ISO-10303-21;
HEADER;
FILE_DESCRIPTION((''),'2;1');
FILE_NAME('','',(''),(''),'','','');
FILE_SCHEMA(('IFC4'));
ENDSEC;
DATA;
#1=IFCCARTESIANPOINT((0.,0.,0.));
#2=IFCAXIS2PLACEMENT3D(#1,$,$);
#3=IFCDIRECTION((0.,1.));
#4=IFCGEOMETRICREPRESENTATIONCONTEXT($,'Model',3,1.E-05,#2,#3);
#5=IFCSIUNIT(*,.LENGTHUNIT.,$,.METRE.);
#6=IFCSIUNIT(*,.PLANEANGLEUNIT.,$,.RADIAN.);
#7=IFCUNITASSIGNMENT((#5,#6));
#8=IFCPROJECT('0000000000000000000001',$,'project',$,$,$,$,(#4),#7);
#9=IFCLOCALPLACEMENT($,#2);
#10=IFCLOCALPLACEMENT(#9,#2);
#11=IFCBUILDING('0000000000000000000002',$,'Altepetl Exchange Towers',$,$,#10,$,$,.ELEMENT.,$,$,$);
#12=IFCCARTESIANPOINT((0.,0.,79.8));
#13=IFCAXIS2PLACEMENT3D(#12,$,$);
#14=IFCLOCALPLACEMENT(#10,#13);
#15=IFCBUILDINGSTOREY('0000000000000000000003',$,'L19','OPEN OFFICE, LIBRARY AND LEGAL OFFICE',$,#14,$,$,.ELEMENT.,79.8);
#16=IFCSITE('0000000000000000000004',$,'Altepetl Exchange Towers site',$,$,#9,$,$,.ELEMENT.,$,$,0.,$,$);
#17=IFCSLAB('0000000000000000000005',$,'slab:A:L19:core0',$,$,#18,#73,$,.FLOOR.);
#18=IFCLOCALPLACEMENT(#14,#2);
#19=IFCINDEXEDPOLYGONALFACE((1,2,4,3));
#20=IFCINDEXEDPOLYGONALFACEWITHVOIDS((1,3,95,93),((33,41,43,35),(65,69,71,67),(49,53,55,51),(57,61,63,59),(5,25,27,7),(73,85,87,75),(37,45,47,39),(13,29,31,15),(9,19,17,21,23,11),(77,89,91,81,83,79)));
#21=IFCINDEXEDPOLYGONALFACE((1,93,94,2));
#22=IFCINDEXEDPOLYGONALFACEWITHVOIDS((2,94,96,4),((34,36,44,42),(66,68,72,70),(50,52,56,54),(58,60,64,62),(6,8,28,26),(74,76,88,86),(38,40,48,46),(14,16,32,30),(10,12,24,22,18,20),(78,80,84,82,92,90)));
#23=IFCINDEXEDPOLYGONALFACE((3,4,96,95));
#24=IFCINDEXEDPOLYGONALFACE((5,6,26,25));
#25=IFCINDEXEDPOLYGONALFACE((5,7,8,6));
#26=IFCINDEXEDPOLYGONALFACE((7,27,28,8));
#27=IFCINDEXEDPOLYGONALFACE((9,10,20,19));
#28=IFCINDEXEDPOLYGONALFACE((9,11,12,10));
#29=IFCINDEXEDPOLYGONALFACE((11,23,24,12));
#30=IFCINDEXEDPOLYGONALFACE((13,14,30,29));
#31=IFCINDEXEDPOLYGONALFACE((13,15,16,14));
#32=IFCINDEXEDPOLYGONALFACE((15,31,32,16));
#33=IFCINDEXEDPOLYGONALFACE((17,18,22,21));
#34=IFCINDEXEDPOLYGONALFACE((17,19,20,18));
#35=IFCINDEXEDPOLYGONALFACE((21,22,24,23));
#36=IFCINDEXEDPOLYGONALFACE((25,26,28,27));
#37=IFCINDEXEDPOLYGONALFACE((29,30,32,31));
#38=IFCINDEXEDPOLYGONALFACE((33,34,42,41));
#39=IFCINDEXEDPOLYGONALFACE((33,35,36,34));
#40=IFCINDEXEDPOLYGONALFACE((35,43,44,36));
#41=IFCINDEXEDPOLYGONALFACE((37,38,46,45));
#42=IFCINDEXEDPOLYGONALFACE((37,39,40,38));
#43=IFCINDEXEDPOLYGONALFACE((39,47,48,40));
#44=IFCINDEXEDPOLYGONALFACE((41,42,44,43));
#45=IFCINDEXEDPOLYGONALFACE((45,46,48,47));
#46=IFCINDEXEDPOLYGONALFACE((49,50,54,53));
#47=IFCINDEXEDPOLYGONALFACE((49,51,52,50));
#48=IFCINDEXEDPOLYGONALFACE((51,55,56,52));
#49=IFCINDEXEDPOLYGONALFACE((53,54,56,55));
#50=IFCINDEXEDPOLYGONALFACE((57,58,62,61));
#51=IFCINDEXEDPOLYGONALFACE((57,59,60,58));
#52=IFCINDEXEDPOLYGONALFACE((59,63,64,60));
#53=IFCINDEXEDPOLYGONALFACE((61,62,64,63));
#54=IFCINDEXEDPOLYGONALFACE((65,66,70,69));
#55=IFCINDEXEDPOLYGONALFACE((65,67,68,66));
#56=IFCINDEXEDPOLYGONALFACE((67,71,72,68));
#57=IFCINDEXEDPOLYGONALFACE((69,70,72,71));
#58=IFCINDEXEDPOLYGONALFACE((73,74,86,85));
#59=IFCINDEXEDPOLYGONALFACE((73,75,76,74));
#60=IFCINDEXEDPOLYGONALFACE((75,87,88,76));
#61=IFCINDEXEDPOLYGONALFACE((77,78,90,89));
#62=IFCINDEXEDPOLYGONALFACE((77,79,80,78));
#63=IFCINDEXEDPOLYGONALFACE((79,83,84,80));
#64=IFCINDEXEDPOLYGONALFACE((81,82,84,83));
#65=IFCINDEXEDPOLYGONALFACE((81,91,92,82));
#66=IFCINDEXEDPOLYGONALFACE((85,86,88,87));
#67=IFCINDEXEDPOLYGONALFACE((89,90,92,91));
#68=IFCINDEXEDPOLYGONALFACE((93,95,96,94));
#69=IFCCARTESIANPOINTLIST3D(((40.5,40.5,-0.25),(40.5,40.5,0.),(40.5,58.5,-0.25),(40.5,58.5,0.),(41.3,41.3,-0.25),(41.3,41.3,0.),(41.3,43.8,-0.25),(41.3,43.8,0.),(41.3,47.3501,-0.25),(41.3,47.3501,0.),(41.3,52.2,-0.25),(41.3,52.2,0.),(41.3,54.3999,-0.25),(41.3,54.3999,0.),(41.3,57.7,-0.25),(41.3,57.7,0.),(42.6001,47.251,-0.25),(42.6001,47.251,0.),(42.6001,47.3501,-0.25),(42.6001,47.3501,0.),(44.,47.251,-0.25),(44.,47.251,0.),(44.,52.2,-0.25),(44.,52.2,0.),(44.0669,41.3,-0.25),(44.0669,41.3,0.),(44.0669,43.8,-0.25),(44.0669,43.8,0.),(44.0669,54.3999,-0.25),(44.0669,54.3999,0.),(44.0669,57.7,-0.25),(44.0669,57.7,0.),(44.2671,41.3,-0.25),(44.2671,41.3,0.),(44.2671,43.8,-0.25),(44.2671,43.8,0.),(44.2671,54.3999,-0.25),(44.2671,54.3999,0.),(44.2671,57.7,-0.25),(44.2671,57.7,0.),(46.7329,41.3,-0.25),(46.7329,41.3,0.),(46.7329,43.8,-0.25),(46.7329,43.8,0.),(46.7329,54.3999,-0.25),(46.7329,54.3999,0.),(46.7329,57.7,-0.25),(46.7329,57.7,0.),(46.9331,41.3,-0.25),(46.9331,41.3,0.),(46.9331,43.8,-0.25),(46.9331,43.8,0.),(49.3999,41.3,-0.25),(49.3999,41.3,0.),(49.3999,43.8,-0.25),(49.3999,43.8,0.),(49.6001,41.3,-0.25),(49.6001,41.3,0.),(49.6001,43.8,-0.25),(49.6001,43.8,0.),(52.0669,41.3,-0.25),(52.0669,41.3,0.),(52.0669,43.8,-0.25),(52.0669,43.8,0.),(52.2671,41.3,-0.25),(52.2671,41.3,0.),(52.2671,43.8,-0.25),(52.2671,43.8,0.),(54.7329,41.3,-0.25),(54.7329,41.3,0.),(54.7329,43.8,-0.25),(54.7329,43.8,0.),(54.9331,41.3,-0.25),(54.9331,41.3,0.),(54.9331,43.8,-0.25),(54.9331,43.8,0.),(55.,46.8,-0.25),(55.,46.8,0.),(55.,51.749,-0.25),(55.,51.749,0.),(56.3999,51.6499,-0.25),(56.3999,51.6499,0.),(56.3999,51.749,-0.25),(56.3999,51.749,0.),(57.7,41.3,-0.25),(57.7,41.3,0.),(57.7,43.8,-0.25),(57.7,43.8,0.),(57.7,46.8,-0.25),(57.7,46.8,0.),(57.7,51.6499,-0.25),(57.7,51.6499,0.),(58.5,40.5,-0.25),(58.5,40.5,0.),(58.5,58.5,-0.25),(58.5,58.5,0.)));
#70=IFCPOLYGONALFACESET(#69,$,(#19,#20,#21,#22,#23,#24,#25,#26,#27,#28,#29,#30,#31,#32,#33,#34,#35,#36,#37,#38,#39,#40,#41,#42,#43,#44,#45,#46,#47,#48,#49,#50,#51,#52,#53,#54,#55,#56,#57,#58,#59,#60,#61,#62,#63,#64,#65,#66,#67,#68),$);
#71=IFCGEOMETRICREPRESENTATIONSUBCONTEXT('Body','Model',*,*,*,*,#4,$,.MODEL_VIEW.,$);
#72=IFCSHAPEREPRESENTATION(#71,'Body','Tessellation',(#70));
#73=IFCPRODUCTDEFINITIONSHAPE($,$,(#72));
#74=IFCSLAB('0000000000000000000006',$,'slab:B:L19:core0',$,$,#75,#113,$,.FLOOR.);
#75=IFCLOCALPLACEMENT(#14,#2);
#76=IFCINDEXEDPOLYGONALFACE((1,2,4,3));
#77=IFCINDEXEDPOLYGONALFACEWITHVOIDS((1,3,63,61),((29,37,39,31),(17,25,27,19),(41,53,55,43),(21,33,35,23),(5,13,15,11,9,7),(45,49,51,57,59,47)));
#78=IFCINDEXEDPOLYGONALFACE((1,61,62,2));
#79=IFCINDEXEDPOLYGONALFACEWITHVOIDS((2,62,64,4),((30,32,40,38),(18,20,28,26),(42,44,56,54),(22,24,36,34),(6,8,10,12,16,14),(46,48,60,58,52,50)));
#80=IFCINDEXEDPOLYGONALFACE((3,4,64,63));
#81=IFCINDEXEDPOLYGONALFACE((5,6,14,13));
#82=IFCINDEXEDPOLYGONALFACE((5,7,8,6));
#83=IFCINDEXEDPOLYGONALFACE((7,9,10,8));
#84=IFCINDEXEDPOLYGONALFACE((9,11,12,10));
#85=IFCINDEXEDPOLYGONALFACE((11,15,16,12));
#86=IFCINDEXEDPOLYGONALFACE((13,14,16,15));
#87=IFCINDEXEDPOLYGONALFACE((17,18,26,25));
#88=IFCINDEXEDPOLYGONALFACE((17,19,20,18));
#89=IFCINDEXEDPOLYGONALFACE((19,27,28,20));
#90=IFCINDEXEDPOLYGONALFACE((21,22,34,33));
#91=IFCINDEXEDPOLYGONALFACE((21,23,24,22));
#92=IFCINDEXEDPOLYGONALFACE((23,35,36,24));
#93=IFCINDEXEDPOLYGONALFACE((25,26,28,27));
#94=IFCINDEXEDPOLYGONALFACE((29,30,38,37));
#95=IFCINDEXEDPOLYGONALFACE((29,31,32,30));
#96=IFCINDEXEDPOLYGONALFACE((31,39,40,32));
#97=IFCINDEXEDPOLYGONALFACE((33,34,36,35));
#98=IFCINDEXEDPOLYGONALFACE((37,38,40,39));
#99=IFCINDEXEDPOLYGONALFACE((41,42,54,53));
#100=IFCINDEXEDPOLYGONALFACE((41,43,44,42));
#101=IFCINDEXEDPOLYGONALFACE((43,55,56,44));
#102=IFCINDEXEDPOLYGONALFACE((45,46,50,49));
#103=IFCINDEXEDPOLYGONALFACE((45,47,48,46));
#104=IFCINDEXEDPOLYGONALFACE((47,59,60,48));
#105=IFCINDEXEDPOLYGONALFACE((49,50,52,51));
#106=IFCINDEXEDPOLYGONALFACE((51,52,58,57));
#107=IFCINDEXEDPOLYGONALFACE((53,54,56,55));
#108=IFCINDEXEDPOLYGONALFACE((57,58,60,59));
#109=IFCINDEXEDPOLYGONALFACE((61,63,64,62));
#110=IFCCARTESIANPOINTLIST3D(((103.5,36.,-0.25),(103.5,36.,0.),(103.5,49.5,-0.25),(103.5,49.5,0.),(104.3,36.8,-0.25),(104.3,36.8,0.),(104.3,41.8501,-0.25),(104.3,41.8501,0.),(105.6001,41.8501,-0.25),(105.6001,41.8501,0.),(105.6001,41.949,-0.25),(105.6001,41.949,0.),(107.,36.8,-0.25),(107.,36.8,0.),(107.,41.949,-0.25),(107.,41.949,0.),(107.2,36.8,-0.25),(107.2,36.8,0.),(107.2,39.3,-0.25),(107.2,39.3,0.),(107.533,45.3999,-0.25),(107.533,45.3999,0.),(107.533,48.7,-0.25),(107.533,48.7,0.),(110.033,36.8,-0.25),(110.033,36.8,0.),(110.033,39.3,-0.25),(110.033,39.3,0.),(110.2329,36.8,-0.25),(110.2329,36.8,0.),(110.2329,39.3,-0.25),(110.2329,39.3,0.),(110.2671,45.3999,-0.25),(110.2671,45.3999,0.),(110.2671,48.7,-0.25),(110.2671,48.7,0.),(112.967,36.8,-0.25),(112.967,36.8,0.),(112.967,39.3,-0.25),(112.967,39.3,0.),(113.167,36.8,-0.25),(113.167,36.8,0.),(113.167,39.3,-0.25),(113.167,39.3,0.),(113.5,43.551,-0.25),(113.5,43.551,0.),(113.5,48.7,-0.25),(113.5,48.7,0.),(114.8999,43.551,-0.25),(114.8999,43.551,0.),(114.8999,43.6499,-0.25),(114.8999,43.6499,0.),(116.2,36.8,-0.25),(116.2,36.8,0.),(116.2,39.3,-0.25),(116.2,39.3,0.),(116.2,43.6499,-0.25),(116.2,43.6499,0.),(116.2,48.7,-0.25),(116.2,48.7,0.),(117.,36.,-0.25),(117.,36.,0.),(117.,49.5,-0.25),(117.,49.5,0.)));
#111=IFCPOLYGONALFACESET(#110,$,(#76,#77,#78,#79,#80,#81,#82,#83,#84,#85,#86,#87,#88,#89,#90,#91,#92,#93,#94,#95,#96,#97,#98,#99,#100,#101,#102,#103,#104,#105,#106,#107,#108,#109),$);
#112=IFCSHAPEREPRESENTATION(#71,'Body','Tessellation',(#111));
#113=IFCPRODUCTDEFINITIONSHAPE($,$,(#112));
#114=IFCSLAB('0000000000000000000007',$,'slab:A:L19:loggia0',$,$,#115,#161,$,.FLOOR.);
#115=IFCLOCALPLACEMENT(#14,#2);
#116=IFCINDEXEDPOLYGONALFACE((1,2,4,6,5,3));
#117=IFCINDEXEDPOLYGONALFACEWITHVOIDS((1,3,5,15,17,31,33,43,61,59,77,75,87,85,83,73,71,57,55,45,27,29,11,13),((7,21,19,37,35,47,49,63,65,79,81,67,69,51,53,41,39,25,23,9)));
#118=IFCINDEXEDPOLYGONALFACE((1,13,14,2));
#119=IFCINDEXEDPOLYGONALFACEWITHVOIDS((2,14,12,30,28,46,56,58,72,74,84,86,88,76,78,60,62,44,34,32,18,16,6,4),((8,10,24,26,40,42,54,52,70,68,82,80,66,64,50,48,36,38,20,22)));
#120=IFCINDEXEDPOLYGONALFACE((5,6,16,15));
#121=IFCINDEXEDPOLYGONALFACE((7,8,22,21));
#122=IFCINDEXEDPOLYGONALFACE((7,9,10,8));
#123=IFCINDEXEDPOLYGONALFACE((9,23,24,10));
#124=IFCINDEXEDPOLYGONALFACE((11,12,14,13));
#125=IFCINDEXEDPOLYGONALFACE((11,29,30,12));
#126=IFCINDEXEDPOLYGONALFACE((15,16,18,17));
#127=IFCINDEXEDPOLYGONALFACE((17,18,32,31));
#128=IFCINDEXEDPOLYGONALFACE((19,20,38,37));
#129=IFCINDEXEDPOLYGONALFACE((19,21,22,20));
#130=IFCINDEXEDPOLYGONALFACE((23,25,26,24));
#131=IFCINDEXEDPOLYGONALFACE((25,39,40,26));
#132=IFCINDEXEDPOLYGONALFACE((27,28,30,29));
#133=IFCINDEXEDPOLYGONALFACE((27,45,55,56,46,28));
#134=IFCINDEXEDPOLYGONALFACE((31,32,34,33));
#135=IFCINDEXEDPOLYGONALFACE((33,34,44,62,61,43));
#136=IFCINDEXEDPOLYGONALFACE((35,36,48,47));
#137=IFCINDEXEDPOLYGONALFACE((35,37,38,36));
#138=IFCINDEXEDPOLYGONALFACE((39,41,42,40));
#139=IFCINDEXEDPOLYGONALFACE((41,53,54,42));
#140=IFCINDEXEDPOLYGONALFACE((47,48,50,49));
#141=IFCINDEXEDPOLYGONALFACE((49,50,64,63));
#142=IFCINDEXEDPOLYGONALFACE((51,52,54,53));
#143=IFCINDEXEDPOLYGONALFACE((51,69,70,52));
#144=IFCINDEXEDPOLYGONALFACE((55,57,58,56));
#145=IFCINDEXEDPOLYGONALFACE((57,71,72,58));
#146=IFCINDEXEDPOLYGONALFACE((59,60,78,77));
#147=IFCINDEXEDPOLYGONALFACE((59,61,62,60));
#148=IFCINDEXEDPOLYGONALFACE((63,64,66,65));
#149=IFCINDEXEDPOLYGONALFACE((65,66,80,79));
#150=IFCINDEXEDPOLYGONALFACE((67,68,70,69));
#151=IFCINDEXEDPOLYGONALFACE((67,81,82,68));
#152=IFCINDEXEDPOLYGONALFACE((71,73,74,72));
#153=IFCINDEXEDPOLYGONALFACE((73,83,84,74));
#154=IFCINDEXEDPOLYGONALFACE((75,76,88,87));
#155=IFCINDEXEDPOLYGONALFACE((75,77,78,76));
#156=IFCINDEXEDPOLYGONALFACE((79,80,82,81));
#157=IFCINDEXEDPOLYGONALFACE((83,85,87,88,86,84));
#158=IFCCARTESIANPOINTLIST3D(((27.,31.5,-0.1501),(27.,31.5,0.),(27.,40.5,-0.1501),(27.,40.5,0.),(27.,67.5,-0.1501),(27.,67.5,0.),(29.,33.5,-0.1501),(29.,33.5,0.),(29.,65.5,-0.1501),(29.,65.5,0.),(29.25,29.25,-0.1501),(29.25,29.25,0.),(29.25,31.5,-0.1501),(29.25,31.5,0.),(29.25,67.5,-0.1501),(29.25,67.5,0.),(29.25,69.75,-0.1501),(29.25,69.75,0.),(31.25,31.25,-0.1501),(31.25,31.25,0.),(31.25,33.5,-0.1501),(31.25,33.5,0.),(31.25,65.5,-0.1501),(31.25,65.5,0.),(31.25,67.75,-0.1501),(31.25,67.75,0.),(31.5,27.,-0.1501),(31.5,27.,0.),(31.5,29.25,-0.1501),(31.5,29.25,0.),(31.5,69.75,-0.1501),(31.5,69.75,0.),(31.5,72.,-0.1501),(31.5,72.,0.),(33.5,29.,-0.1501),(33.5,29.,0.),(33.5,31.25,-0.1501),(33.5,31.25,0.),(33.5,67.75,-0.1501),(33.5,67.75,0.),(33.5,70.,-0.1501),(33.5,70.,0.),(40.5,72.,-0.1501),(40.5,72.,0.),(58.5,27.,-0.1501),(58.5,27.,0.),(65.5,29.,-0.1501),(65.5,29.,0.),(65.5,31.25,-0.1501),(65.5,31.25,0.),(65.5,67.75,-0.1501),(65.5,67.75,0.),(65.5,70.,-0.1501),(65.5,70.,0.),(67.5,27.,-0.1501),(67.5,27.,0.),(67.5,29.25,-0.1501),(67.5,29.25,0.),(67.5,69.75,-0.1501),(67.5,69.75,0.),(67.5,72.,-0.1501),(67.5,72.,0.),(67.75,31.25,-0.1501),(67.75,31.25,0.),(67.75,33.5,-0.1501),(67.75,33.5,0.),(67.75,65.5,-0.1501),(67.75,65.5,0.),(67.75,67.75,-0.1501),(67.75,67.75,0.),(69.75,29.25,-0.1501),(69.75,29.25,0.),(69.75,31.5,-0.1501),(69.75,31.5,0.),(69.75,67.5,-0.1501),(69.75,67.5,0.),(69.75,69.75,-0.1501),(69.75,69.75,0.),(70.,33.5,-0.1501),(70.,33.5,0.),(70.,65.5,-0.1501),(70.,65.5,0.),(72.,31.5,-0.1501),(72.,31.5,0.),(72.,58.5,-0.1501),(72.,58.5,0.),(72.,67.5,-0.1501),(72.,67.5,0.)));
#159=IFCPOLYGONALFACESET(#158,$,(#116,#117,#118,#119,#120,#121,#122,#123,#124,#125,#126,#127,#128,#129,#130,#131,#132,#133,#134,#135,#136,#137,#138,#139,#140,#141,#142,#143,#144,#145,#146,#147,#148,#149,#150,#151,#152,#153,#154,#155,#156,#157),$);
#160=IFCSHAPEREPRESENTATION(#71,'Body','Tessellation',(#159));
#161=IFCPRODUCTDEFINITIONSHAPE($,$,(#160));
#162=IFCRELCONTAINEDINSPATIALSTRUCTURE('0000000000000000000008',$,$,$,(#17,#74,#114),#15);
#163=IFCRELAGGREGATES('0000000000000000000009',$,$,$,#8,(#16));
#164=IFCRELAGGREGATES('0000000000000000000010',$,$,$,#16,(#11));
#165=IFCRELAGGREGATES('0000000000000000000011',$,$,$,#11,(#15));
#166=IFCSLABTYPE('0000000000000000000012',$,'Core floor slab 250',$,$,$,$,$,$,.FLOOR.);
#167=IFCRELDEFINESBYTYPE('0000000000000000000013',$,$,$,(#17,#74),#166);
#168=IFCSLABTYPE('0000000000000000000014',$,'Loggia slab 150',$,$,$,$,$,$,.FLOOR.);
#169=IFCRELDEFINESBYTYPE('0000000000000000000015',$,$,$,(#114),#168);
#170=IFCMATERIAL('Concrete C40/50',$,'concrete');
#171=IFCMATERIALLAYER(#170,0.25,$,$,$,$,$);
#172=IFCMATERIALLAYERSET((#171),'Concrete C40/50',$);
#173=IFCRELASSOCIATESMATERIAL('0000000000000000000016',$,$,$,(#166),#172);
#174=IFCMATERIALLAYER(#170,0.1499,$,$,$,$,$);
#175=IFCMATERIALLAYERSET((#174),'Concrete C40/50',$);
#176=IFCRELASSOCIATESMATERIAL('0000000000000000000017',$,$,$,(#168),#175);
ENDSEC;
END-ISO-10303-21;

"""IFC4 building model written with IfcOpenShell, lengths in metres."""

from ifc_helpers import new_model, si_unit, direction, frame, origin, place, context, subcontext, project, spatial, polyline, outline, extrude, material, layer, layer_set, type_object, element, save


model = new_model("IFC4")

# Units and contexts
model_context = context("Model", 3, precision=1e-05, world=origin(), true_north=direction((0.0, 1.0)))
body_context = subcontext(model_context, "Body", "Model", "MODEL_VIEW")
ifc_project = project(units=[si_unit("LENGTHUNIT", "METRE"), si_unit("PLANEANGLEUNIT", "RADIAN")], contexts=[model_context])

# Site, building, storey
site_placement = place(None, origin())
site = spatial("IfcSite", under=ifc_project, at=site_placement, Name="Altepetl Exchange Towers site", CompositionType="ELEMENT", RefElevation=0.0)
building_placement = place(site_placement, origin())
building = spatial("IfcBuilding", under=site, at=building_placement, Name="Altepetl Exchange Towers", CompositionType="ELEMENT")
storey_placement = place(building_placement, frame((0.0, 0.0, 79.8)))
storey = spatial("IfcBuildingStorey", under=building, at=storey_placement, Name="L19", Description="OPEN OFFICE, LIBRARY AND LEGAL OFFICE", CompositionType="ELEMENT", Elevation=79.8)

# Slabs
ifc_material_1 = material(Name="Concrete C40/50", Category="concrete")
ifc_layer_1 = layer(ifc_material_1, 0.25)
ifc_layer_set_1 = layer_set([ifc_layer_1], Name="Concrete C40/50")
slab_type_1 = type_object("IfcSlabType", Name="Core floor slab 250", PredefinedType="FLOOR", material=ifc_layer_set_1)
slab_1_placement = place(storey_placement, frame((0.0, 0.0, -0.25)))
element("IfcSlab", 1, at=slab_1_placement, inside=storey, type_object=slab_type_1, Name="slab:A:L19:core0", PredefinedType="FLOOR", context=body_context, shape_type="SweptSolid", body=[
    extrude(outline(polyline([(40.5, 40.5), (58.5, 40.5), (58.5, 58.5), (40.5, 58.5), (40.5, 40.5)]), holes=[polyline([(41.3, 43.8), (44.0669, 43.8), (44.0669, 41.3), (41.3, 41.3), (41.3, 43.8)]), polyline([(44.2671, 43.8), (46.7329, 43.8), (46.7329, 41.3), (44.2671, 41.3), (44.2671, 43.8)]), polyline([(46.9331, 43.8), (49.3999, 43.8), (49.3999, 41.3), (46.9331, 41.3), (46.9331, 43.8)]), polyline([(52.0669, 43.8), (52.0669, 41.3), (49.6001, 41.3), (49.6001, 43.8), (52.0669, 43.8)]), polyline([(54.7329, 43.8), (54.7329, 41.3), (52.2671, 41.3), (52.2671, 43.8), (54.7329, 43.8)]), polyline([(54.9331, 43.8), (57.7, 43.8), (57.7, 41.3), (54.9331, 41.3), (54.9331, 43.8)]), polyline([(55.0, 51.749), (56.3999, 51.749), (56.3999, 51.6499), (57.7, 51.6499), (57.7, 46.8), (55.0, 46.8), (55.0, 51.749)]), polyline([(44.0, 47.251), (42.6001, 47.251), (42.6001, 47.3501), (41.3, 47.3501), (41.3, 52.2), (44.0, 52.2), (44.0, 47.251)]), polyline([(44.0669, 57.7), (44.0669, 54.3999), (41.3, 54.3999), (41.3, 57.7), (44.0669, 57.7)]), polyline([(46.7329, 57.7), (46.7329, 54.3999), (44.2671, 54.3999), (44.2671, 57.7), (46.7329, 57.7)])]), origin(), (0.0, 0.0, 1.0), 0.25),
])
slab_2_placement = place(storey_placement, frame((0.0, 0.0, -0.25)))
element("IfcSlab", 2, at=slab_2_placement, inside=storey, type_object=slab_type_1, Name="slab:B:L19:core0", PredefinedType="FLOOR", context=body_context, shape_type="SweptSolid", body=[
    extrude(outline(polyline([(103.5, 36.0), (117.0, 36.0), (117.0, 49.5), (103.5, 49.5), (103.5, 36.0)]), holes=[polyline([(107.2, 36.8), (107.2, 39.3), (110.033, 39.3), (110.033, 36.8), (107.2, 36.8)]), polyline([(110.2329, 39.3), (112.967, 39.3), (112.967, 36.8), (110.2329, 36.8), (110.2329, 39.3)]), polyline([(113.167, 39.3), (116.2, 39.3), (116.2, 36.8), (113.167, 36.8), (113.167, 39.3)]), polyline([(107.0, 36.8), (104.3, 36.8), (104.3, 41.8501), (105.6001, 41.8501), (105.6001, 41.949), (107.0, 41.949), (107.0, 36.8)]), polyline([(116.2, 48.7), (116.2, 43.6499), (114.8999, 43.6499), (114.8999, 43.551), (113.5, 43.551), (113.5, 48.7), (116.2, 48.7)]), polyline([(107.533, 48.7), (110.2671, 48.7), (110.2671, 45.3999), (107.533, 45.3999), (107.533, 48.7)])]), origin(), (0.0, 0.0, 1.0), 0.25),
])
ifc_layer_2 = layer(ifc_material_1, 0.1499)
ifc_layer_set_2 = layer_set([ifc_layer_2], Name="Concrete C40/50")
slab_type_2 = type_object("IfcSlabType", Name="Loggia slab 150", PredefinedType="FLOOR", material=ifc_layer_set_2)
slab_3_placement = place(storey_placement, frame((0.0, 0.0, -0.1501)))
element("IfcSlab", 3, at=slab_3_placement, inside=storey, type_object=slab_type_2, Name="slab:A:L19:loggia0", PredefinedType="FLOOR", context=body_context, shape_type="SweptSolid", body=[
    extrude(outline(polyline([(29.25, 67.5), (27.0, 67.5), (27.0, 40.5), (27.0, 31.5), (29.25, 31.5), (29.25, 29.25), (31.5, 29.25), (31.5, 27.0), (58.5, 27.0), (67.5, 27.0), (67.5, 29.25), (69.75, 29.25), (69.75, 31.5), (72.0, 31.5), (72.0, 58.5), (72.0, 67.5), (69.75, 67.5), (69.75, 69.75), (67.5, 69.75), (67.5, 72.0), (40.5, 72.0), (31.5, 72.0), (31.5, 69.75), (29.25, 69.75), (29.25, 67.5)]), holes=[polyline([(29.0, 65.5), (31.25, 65.5), (31.25, 67.75), (33.5, 67.75), (33.5, 70.0), (65.5, 70.0), (65.5, 67.75), (67.75, 67.75), (67.75, 65.5), (70.0, 65.5), (70.0, 33.5), (67.75, 33.5), (67.75, 31.25), (65.5, 31.25), (65.5, 29.0), (33.5, 29.0), (33.5, 31.25), (31.25, 31.25), (31.25, 33.5), (29.0, 33.5), (29.0, 65.5)])]), origin(), (0.0, 0.0, 1.0), 0.1501),
])

save(model, "model.ifc")
